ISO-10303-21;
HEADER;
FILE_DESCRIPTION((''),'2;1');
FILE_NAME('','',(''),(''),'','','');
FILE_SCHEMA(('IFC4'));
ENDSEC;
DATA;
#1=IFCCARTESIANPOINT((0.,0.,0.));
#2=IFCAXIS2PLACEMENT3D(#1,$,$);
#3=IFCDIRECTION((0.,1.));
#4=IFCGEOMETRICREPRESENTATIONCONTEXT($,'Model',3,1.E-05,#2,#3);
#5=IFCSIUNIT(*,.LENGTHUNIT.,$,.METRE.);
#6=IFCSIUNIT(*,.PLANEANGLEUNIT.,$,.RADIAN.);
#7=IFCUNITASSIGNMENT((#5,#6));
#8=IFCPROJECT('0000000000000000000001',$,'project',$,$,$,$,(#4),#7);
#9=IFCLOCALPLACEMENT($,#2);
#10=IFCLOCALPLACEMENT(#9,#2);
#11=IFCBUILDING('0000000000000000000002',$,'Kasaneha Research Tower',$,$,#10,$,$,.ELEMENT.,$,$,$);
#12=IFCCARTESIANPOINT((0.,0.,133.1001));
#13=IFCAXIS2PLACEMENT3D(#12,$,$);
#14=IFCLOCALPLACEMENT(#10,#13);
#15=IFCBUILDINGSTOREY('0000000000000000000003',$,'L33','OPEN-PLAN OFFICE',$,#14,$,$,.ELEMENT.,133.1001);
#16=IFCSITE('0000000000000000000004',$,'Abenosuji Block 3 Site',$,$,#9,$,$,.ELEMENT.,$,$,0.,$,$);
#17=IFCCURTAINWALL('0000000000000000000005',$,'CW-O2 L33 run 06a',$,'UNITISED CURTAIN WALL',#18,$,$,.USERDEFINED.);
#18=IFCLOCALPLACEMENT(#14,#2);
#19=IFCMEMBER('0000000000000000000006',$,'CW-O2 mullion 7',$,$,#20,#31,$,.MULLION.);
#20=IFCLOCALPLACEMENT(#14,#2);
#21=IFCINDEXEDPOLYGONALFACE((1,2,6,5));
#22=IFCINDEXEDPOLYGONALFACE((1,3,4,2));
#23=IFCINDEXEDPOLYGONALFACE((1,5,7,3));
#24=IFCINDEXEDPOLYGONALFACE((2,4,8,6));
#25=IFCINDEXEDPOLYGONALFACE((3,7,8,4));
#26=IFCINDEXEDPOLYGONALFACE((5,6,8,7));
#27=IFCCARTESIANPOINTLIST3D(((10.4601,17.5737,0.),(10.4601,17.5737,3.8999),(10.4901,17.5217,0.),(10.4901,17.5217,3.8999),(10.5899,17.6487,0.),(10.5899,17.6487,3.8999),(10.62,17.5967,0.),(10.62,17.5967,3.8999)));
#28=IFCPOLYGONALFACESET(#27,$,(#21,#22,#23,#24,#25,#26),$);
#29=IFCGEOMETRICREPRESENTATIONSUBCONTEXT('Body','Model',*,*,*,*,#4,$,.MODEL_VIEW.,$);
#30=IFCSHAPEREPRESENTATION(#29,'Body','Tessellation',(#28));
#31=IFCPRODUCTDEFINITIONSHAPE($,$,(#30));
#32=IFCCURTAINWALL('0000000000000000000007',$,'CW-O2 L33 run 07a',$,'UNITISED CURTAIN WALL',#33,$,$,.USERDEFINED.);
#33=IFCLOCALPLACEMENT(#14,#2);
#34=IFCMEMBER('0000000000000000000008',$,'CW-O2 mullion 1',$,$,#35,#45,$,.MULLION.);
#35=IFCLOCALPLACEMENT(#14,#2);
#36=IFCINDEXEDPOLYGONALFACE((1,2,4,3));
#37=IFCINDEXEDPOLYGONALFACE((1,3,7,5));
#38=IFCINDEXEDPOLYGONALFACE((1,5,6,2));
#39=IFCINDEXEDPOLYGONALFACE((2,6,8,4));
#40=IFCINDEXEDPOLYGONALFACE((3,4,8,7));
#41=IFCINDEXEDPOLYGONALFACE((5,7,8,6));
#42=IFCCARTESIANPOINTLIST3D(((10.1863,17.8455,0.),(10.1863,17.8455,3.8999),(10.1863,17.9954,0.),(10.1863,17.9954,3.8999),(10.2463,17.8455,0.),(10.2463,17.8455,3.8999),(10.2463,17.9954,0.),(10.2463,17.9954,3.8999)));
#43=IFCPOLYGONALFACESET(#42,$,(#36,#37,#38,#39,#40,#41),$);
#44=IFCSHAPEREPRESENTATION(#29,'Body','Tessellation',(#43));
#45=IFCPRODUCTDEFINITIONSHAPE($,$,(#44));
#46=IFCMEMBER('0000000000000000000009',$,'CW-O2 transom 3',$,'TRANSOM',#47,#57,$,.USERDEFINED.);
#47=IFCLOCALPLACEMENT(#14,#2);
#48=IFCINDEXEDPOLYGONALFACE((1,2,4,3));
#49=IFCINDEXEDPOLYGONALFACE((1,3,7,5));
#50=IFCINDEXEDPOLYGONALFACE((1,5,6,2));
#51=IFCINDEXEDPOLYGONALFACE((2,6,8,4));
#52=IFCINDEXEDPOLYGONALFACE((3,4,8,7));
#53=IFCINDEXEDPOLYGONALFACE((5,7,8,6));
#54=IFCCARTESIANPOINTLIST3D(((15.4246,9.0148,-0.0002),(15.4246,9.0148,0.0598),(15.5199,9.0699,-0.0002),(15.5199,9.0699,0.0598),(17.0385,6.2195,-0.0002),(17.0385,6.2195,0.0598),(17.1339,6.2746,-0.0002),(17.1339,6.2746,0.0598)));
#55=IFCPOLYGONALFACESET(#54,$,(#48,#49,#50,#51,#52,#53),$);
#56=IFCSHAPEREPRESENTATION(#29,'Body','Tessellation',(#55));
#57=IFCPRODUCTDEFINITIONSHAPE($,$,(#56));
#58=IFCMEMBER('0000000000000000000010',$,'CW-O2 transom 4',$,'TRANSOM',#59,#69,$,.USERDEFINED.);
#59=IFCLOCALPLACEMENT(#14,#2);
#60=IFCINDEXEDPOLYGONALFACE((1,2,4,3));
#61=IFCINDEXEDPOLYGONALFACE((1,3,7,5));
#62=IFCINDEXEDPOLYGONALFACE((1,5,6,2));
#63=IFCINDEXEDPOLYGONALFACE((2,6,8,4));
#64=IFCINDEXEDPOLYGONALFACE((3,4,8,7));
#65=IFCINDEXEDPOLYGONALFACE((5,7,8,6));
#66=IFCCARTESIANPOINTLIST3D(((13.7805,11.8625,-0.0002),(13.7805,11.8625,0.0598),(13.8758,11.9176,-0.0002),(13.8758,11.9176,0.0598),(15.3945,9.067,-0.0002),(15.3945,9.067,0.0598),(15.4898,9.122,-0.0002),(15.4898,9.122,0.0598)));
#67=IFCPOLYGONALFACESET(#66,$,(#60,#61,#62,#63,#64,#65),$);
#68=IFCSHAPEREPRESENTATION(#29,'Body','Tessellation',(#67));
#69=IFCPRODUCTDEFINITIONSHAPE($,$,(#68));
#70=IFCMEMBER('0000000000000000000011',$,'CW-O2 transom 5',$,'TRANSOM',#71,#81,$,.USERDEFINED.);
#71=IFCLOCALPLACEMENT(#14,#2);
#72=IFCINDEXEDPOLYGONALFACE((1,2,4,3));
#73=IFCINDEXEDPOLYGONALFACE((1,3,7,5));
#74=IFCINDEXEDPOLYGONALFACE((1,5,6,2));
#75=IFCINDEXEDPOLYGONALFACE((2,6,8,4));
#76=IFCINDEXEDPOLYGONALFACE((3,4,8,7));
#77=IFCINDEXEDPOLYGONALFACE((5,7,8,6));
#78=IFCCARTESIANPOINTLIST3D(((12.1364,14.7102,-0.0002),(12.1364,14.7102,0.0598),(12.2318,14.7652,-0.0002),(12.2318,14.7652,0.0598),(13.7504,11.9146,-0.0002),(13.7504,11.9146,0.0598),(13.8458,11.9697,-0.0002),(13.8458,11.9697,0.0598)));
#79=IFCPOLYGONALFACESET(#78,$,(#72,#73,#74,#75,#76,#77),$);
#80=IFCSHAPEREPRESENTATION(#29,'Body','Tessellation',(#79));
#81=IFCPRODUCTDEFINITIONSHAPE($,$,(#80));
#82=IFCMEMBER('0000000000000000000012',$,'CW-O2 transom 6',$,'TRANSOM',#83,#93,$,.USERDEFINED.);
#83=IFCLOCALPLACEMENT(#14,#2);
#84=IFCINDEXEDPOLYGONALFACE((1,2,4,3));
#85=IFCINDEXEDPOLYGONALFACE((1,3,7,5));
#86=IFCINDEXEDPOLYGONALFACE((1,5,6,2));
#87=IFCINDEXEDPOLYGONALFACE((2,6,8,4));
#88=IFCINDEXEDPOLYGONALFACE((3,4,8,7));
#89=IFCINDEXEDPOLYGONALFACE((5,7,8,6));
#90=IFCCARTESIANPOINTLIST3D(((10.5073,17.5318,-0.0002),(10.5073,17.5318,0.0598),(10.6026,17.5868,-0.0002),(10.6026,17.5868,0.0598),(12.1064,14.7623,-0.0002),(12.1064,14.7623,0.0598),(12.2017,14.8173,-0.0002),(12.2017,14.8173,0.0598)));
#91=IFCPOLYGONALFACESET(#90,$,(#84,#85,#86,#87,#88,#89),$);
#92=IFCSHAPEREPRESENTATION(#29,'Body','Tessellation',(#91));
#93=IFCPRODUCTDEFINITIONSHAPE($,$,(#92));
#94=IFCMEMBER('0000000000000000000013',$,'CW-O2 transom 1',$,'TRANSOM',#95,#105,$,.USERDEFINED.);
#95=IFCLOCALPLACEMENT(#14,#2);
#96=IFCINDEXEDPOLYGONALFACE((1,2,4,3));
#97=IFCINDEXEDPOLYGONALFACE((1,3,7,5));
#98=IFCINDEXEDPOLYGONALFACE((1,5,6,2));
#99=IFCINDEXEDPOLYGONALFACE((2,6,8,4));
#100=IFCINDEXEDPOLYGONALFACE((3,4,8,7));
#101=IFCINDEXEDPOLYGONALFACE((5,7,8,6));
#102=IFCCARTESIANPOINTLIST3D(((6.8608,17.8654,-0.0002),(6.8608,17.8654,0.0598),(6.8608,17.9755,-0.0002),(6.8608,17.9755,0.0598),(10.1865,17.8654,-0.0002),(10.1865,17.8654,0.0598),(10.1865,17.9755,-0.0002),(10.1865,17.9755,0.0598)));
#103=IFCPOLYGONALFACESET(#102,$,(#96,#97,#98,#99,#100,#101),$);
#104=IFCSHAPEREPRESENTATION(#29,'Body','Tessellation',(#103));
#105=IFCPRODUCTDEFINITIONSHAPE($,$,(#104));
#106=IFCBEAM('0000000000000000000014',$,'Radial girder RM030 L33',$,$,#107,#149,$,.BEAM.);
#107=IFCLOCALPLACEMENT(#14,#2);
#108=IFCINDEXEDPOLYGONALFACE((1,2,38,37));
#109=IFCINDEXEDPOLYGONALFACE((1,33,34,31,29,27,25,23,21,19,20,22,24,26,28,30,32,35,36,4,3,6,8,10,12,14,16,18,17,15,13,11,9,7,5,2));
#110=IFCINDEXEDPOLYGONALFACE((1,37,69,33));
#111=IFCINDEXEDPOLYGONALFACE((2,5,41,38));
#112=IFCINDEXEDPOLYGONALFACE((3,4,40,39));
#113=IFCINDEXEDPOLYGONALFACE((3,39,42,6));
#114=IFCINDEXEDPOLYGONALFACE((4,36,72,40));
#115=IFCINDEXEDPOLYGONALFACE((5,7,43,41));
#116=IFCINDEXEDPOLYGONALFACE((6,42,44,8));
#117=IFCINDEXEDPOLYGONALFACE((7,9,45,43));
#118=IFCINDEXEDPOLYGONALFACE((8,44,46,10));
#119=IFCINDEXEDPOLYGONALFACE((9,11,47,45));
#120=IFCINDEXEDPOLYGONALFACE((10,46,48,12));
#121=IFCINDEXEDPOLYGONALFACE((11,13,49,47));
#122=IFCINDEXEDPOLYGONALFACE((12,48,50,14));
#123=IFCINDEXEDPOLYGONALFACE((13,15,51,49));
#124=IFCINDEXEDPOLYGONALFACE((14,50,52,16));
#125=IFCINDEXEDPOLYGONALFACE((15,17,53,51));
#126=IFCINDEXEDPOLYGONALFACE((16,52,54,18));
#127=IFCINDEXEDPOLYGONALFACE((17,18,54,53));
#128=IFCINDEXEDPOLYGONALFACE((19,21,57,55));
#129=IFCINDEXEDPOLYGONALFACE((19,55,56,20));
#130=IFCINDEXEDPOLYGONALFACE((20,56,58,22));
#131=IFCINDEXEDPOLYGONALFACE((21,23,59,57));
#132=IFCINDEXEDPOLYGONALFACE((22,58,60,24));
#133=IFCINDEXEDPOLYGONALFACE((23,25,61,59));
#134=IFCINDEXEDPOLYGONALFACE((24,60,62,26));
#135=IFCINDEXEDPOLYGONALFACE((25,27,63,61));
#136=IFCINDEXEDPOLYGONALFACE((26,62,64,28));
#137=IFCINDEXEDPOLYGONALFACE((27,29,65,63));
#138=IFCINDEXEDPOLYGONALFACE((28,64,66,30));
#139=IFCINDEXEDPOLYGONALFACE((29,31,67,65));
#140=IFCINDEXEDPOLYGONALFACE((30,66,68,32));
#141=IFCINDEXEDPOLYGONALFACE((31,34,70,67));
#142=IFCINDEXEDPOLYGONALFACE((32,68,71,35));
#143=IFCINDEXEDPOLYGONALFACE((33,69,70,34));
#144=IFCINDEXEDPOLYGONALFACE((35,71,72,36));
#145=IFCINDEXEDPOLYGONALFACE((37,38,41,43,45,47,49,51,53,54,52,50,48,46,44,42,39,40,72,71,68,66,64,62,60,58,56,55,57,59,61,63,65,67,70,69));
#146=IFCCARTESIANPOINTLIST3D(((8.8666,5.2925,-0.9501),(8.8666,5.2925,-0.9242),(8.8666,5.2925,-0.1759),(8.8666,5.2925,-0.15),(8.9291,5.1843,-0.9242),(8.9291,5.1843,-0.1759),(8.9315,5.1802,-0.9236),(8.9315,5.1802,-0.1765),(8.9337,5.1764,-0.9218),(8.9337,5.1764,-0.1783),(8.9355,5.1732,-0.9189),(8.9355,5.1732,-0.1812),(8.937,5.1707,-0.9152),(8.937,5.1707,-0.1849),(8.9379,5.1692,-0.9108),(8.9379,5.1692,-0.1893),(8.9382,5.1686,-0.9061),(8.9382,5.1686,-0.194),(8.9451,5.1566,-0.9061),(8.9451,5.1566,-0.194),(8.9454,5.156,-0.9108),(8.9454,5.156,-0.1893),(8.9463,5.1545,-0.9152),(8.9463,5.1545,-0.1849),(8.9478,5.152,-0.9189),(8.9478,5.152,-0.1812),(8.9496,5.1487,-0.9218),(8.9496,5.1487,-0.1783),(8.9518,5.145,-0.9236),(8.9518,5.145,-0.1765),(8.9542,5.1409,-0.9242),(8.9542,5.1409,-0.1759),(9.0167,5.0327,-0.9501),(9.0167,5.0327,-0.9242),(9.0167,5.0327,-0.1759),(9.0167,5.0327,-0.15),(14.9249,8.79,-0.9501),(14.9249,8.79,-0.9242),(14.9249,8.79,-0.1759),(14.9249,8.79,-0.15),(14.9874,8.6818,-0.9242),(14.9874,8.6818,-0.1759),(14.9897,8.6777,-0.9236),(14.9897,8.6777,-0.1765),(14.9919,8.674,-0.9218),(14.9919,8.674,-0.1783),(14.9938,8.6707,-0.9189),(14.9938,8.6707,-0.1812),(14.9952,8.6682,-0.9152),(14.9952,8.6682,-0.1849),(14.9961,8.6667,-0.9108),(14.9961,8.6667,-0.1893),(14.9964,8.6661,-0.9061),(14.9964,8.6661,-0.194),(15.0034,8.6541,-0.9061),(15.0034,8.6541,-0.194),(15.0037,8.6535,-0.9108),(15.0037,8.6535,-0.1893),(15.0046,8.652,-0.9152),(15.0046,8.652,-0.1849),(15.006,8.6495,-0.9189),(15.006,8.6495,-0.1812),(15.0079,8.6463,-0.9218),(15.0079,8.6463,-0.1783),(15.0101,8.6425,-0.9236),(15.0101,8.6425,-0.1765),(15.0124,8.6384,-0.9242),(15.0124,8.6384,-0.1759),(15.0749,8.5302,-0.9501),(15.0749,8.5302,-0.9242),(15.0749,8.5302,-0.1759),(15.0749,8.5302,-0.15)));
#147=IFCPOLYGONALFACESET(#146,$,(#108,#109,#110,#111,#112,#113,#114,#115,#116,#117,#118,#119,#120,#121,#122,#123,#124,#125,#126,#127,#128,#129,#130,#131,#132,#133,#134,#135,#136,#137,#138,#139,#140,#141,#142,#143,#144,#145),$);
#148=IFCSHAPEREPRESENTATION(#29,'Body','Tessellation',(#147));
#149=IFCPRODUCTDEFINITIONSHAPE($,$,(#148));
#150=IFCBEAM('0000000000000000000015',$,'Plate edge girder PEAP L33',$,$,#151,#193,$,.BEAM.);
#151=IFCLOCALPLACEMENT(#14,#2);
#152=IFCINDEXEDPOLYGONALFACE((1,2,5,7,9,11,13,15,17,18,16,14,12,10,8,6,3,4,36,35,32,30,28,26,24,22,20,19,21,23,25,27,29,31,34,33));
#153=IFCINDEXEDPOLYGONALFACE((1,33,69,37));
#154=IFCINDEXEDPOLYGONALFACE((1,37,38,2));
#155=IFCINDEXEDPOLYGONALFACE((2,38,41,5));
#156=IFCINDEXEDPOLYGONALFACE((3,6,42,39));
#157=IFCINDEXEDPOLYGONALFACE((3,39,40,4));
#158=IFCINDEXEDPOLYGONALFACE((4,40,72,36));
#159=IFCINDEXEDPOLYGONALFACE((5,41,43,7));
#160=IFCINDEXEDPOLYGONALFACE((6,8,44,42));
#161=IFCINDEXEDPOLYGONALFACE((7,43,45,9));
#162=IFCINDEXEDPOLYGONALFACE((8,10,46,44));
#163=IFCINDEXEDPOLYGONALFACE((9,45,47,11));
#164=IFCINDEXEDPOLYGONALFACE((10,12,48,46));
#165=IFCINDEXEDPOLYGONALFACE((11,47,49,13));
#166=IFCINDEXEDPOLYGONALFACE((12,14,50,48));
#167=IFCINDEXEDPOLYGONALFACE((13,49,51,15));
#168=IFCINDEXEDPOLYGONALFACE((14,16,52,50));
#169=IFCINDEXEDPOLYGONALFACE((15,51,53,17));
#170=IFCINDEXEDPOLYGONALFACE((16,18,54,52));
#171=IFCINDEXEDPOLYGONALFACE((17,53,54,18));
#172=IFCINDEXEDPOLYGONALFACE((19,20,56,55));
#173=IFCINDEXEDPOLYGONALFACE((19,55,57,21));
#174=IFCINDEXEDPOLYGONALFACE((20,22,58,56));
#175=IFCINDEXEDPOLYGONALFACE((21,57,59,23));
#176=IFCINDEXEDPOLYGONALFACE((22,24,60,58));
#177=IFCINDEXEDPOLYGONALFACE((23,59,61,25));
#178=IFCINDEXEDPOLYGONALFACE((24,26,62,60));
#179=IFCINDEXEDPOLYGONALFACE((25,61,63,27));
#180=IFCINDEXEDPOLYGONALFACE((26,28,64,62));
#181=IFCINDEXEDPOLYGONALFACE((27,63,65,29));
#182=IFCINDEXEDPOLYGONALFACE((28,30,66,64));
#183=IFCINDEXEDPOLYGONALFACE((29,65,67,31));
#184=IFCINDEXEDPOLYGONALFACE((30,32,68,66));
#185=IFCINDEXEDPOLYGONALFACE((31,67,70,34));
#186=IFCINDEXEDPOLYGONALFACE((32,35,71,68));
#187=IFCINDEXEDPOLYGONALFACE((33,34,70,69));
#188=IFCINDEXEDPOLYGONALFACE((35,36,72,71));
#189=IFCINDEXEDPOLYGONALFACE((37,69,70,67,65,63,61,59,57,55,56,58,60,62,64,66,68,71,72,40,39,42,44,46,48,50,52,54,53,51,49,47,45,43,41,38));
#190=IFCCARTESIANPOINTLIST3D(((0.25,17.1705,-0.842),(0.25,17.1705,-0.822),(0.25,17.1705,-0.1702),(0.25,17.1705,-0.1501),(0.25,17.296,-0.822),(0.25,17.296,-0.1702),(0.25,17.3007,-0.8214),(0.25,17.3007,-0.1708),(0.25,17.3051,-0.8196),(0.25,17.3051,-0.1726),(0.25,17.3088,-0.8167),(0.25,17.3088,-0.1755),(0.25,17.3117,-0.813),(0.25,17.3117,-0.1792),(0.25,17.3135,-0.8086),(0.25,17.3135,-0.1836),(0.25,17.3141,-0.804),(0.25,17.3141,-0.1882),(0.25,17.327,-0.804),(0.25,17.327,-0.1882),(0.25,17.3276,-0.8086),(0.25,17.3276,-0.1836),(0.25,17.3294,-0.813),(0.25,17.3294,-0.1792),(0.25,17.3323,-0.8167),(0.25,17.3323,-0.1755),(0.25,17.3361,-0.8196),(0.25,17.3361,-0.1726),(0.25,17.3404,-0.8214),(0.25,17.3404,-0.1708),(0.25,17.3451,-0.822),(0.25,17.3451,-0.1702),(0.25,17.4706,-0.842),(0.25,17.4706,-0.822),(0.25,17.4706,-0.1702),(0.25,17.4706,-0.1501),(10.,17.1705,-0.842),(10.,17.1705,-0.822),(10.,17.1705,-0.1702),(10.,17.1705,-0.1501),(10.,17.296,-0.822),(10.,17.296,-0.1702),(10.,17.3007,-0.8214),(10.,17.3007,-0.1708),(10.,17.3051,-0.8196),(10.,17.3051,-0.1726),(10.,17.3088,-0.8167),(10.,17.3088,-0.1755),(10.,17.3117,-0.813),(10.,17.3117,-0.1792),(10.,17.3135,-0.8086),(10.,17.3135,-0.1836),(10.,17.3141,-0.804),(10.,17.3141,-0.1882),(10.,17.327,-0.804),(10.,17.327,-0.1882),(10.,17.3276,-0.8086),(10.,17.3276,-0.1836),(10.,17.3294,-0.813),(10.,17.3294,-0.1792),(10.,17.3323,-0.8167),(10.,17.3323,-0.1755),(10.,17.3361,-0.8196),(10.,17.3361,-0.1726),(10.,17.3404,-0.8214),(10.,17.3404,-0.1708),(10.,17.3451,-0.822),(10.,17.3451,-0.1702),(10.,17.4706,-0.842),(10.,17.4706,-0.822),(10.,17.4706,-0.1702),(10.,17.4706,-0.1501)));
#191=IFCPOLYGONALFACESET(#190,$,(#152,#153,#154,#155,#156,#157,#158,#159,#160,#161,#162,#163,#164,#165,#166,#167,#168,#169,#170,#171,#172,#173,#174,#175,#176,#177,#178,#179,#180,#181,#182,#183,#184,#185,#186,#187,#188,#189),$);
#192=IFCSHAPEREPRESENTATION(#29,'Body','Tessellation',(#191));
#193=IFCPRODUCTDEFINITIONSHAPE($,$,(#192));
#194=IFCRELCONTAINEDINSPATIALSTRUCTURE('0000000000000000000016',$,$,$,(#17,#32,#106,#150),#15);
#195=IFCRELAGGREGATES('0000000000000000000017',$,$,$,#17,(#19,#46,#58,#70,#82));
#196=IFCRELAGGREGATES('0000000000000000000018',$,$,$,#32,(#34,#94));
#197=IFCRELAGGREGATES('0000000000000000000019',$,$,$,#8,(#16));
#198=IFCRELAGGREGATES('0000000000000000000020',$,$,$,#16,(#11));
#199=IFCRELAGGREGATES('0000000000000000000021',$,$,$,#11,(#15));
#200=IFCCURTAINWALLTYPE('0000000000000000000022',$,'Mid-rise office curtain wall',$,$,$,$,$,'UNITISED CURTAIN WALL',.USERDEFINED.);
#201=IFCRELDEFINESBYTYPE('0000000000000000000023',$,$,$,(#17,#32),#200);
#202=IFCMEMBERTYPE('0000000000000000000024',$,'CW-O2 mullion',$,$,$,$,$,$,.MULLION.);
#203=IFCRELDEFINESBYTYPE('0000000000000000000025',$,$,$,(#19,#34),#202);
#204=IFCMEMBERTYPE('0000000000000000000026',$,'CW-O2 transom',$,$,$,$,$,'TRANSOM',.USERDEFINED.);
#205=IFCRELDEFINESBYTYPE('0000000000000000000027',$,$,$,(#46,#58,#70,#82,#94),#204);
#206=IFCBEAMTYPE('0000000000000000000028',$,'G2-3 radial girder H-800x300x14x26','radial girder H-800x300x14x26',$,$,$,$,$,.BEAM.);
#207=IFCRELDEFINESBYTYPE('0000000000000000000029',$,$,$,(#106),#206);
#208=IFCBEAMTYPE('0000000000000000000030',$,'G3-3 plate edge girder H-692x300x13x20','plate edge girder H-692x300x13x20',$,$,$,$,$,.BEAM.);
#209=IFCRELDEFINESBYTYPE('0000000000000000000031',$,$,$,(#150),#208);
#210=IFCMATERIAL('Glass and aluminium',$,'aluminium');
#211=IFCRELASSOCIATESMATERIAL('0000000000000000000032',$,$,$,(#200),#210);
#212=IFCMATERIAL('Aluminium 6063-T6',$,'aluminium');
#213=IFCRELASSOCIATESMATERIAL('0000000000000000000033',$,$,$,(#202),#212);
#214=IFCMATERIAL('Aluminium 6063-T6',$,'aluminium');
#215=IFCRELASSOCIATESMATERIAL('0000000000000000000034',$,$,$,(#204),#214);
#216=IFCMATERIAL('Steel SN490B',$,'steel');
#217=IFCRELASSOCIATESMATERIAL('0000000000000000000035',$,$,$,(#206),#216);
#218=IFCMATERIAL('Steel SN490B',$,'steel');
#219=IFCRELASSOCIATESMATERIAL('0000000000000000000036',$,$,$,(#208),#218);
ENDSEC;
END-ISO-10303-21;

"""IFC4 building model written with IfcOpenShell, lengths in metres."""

from ifc_helpers import new_model, si_unit, direction, frame, origin, origin_2d, place, context, subcontext, project, spatial, rectangle, i_section, extrude, material, material_profile, profile_set, type_object, element, aggregate, save


model = new_model("IFC4")

# Units and contexts
model_context = context("Model", 3, precision=1e-05, world=origin(), true_north=direction((0.0, 1.0)))
body_context = subcontext(model_context, "Body", "Model", "MODEL_VIEW")
ifc_project = project(units=[si_unit("LENGTHUNIT", "METRE"), si_unit("PLANEANGLEUNIT", "RADIAN")], contexts=[model_context])

# Site, building, storey
site_placement = place(None, origin())
site = spatial("IfcSite", under=ifc_project, at=site_placement, Name="Abenosuji Block 3 Site", CompositionType="ELEMENT", RefElevation=0.0)
building_placement = place(site_placement, origin())
building = spatial("IfcBuilding", under=site, at=building_placement, Name="Kasaneha Research Tower", CompositionType="ELEMENT")
storey_placement = place(building_placement, frame((0.0, 0.0, 133.1001)))
storey = spatial("IfcBuildingStorey", under=building, at=storey_placement, Name="L33", Description="OPEN-PLAN OFFICE", CompositionType="ELEMENT", Elevation=133.1001)

# Curtain wall, member
ifc_material_1 = material(Name="Glass and aluminium", Category="aluminium")
curtain_wall_type = type_object("IfcCurtainWallType", Name="Mid-rise office curtain wall", ElementType="UNITISED CURTAIN WALL", PredefinedType="USERDEFINED", material=ifc_material_1)
curtain_wall_1_placement = place(storey_placement, origin())
curtain_wall_1 = element("IfcCurtainWall", 1, at=curtain_wall_1_placement, inside=storey, type_object=curtain_wall_type, Name="CW-O2 L33 run 06a", ObjectType="UNITISED CURTAIN WALL", PredefinedType="USERDEFINED")
ifc_material_2 = material(Name="Aluminium 6063-T6", Category="aluminium")
ifc_material_profile_1 = material_profile(ifc_material_2, rectangle(XDim=0.0601, YDim=0.1499, at=origin_2d()), Name="CW-O2 mullion 60x150")
ifc_profile_set_1 = profile_set([ifc_material_profile_1], Name="Aluminium 6063-T6")
member_type_1 = type_object("IfcMemberType", Name="CW-O2 mullion", PredefinedType="MULLION", material=ifc_profile_set_1)
member_1_placement = place(storey_placement, frame((10.54, 17.5852, 0.0), z_axis=(0.0, 0.0, 1.0), x_axis=(-0.5, 0.866025, 0.0)))
member_1 = element("IfcMember", 2, at=member_1_placement, type_object=member_type_1, Name="CW-O2 mullion 7", PredefinedType="MULLION", context=body_context, shape_type="SweptSolid", body=[
    extrude(rectangle(XDim=0.0601, YDim=0.1499, at=origin_2d()), origin(), (0.0, 0.0, 1.0), 3.8999),
])

# Curtain wall, member
curtain_wall_2_placement = place(storey_placement, origin())
curtain_wall_2 = element("IfcCurtainWall", 3, at=curtain_wall_2_placement, inside=storey, type_object=curtain_wall_type, Name="CW-O2 L33 run 07a", ObjectType="UNITISED CURTAIN WALL", PredefinedType="USERDEFINED")
member_2_placement = place(storey_placement, frame((10.2163, 17.9204, 0.0), z_axis=(0.0, 0.0, 1.0), x_axis=(-1.0, 0.0, 0.0)))
member_2 = element("IfcMember", 4, at=member_2_placement, type_object=member_type_1, Name="CW-O2 mullion 1", PredefinedType="MULLION", context=body_context, shape_type="SweptSolid", body=[
    extrude(rectangle(XDim=0.0601, YDim=0.1499, at=origin_2d()), origin(), (0.0, 0.0, 1.0), 3.8999),
])

# Members
ifc_material_3 = material(Name="Aluminium 6063-T6", Category="aluminium")
ifc_material_profile_2 = material_profile(ifc_material_3, rectangle(XDim=0.1101, YDim=0.0601, at=origin_2d()), Name="CW-O2 transom 110x60")
ifc_profile_set_2 = profile_set([ifc_material_profile_2], Name="Aluminium 6063-T6")
member_type_2 = type_object("IfcMemberType", Name="CW-O2 transom", ElementType="TRANSOM", PredefinedType="USERDEFINED", material=ifc_profile_set_2)
member_3_placement = place(storey_placement, frame((17.0862, 6.2471, 0.0298), z_axis=(-0.500019, 0.866014, 0.0), x_axis=(-0.866014, -0.500019, 0.0)))
member_3 = element("IfcMember", 5, at=member_3_placement, type_object=member_type_2, Name="CW-O2 transom 3", ObjectType="TRANSOM", PredefinedType="USERDEFINED", context=body_context, shape_type="SweptSolid", body=[
    extrude(rectangle(XDim=0.1101, YDim=0.0601, at=origin_2d()), origin(), (0.0, 0.0, 1.0), 3.2278),
])
member_4_placement = place(storey_placement, frame((15.4421, 9.0945, 0.0298), z_axis=(-0.499987, 0.866033, 0.0), x_axis=(-0.866033, -0.499987, 0.0)))
member_4 = element("IfcMember", 6, at=member_4_placement, type_object=member_type_2, Name="CW-O2 transom 4", ObjectType="TRANSOM", PredefinedType="USERDEFINED", context=body_context, shape_type="SweptSolid", body=[
    extrude(rectangle(XDim=0.1101, YDim=0.0601, at=origin_2d()), origin(), (0.0, 0.0, 1.0), 3.228),
])
member_5_placement = place(storey_placement, frame((13.7981, 11.9421, 0.0298), z_axis=(-0.499987, 0.866033, 0.0), x_axis=(-0.866033, -0.499987, 0.0)))
member_5 = element("IfcMember", 7, at=member_5_placement, type_object=member_type_2, Name="CW-O2 transom 5", ObjectType="TRANSOM", PredefinedType="USERDEFINED", context=body_context, shape_type="SweptSolid", body=[
    extrude(rectangle(XDim=0.1101, YDim=0.0601, at=origin_2d()), origin(), (0.0, 0.0, 1.0), 3.228),
])
member_6_placement = place(storey_placement, frame((12.1541, 14.7898, 0.0298), z_axis=(-0.500031, 0.866008, 0.0), x_axis=(-0.866008, -0.500031, 0.0)))
member_6 = element("IfcMember", 8, at=member_6_placement, type_object=member_type_2, Name="CW-O2 transom 6", ObjectType="TRANSOM", PredefinedType="USERDEFINED", context=body_context, shape_type="SweptSolid", body=[
    extrude(rectangle(XDim=0.1101, YDim=0.0601, at=origin_2d()), origin(), (0.0, 0.0, 1.0), 3.198),
])
member_7_placement = place(storey_placement, frame((10.1865, 17.9204, 0.0298), z_axis=(-1.0, 0.0, 0.0), x_axis=(0.0, -1.0, 0.0)))
member_7 = element("IfcMember", 9, at=member_7_placement, type_object=member_type_2, Name="CW-O2 transom 1", ObjectType="TRANSOM", PredefinedType="USERDEFINED", context=body_context, shape_type="SweptSolid", body=[
    extrude(rectangle(XDim=0.1101, YDim=0.0601, at=origin_2d()), origin(), (0.0, 0.0, 1.0), 3.3257),
])

# Beams
ifc_material_4 = material(Name="Steel SN490B", Category="steel")
ifc_material_profile_3 = material_profile(ifc_material_4, i_section(OverallWidth=0.3, OverallDepth=0.8, WebThickness=0.0139, FlangeThickness=0.0259, FilletRadius=0.0181, at=origin_2d()), Name="H-800x300x14x26")
ifc_profile_set_3 = profile_set([ifc_material_profile_3], Name="Steel SN490B")
beam_type_1 = type_object("IfcBeamType", Name="G2-3 radial girder H-800x300x14x26", Description="radial girder H-800x300x14x26", PredefinedType="BEAM", material=ifc_profile_set_3)
beam_1_placement = place(storey_placement, frame((8.9417, 5.1626, -0.55), z_axis=(0.86604, 0.499975, 0.0), x_axis=(-0.499975, 0.86604, 0.0)))
element("IfcBeam", 10, at=beam_1_placement, inside=storey, type_object=beam_type_1, Name="Radial girder RM030 L33", PredefinedType="BEAM", context=body_context, shape_type="SweptSolid", body=[
    extrude(i_section(OverallWidth=0.3, OverallDepth=0.8, WebThickness=0.0139, FlangeThickness=0.0259, FilletRadius=0.0181, at=origin_2d()), origin(), (0.0, 0.0, 1.0), 6.9954),
])
ifc_material_5 = material(Name="Steel SN490B", Category="steel")
ifc_material_profile_4 = material_profile(ifc_material_5, i_section(OverallWidth=0.3, OverallDepth=0.6919, WebThickness=0.0129, FlangeThickness=0.02, FilletRadius=0.0181, at=origin_2d()), Name="H-692x300x13x20")
ifc_profile_set_4 = profile_set([ifc_material_profile_4], Name="Steel SN490B")
beam_type_2 = type_object("IfcBeamType", Name="G3-3 plate edge girder H-692x300x13x20", Description="plate edge girder H-692x300x13x20", PredefinedType="BEAM", material=ifc_profile_set_4)
beam_2_placement = place(storey_placement, frame((10.0, 17.3206, -0.4961), z_axis=(-1.0, 0.0, 0.0), x_axis=(0.0, -1.0, 0.0)))
element("IfcBeam", 11, at=beam_2_placement, inside=storey, type_object=beam_type_2, Name="Plate edge girder PEAP L33", PredefinedType="BEAM", context=body_context, shape_type="SweptSolid", body=[
    extrude(i_section(OverallWidth=0.3, OverallDepth=0.6919, WebThickness=0.0129, FlangeThickness=0.02, FilletRadius=0.0181, at=origin_2d()), origin(), (0.0, 0.0, 1.0), 9.75),
])

aggregate(curtain_wall_1, [member_1, member_3, member_4, member_5, member_6])
aggregate(curtain_wall_2, [member_2, member_7])

save(model, "model.ifc")
